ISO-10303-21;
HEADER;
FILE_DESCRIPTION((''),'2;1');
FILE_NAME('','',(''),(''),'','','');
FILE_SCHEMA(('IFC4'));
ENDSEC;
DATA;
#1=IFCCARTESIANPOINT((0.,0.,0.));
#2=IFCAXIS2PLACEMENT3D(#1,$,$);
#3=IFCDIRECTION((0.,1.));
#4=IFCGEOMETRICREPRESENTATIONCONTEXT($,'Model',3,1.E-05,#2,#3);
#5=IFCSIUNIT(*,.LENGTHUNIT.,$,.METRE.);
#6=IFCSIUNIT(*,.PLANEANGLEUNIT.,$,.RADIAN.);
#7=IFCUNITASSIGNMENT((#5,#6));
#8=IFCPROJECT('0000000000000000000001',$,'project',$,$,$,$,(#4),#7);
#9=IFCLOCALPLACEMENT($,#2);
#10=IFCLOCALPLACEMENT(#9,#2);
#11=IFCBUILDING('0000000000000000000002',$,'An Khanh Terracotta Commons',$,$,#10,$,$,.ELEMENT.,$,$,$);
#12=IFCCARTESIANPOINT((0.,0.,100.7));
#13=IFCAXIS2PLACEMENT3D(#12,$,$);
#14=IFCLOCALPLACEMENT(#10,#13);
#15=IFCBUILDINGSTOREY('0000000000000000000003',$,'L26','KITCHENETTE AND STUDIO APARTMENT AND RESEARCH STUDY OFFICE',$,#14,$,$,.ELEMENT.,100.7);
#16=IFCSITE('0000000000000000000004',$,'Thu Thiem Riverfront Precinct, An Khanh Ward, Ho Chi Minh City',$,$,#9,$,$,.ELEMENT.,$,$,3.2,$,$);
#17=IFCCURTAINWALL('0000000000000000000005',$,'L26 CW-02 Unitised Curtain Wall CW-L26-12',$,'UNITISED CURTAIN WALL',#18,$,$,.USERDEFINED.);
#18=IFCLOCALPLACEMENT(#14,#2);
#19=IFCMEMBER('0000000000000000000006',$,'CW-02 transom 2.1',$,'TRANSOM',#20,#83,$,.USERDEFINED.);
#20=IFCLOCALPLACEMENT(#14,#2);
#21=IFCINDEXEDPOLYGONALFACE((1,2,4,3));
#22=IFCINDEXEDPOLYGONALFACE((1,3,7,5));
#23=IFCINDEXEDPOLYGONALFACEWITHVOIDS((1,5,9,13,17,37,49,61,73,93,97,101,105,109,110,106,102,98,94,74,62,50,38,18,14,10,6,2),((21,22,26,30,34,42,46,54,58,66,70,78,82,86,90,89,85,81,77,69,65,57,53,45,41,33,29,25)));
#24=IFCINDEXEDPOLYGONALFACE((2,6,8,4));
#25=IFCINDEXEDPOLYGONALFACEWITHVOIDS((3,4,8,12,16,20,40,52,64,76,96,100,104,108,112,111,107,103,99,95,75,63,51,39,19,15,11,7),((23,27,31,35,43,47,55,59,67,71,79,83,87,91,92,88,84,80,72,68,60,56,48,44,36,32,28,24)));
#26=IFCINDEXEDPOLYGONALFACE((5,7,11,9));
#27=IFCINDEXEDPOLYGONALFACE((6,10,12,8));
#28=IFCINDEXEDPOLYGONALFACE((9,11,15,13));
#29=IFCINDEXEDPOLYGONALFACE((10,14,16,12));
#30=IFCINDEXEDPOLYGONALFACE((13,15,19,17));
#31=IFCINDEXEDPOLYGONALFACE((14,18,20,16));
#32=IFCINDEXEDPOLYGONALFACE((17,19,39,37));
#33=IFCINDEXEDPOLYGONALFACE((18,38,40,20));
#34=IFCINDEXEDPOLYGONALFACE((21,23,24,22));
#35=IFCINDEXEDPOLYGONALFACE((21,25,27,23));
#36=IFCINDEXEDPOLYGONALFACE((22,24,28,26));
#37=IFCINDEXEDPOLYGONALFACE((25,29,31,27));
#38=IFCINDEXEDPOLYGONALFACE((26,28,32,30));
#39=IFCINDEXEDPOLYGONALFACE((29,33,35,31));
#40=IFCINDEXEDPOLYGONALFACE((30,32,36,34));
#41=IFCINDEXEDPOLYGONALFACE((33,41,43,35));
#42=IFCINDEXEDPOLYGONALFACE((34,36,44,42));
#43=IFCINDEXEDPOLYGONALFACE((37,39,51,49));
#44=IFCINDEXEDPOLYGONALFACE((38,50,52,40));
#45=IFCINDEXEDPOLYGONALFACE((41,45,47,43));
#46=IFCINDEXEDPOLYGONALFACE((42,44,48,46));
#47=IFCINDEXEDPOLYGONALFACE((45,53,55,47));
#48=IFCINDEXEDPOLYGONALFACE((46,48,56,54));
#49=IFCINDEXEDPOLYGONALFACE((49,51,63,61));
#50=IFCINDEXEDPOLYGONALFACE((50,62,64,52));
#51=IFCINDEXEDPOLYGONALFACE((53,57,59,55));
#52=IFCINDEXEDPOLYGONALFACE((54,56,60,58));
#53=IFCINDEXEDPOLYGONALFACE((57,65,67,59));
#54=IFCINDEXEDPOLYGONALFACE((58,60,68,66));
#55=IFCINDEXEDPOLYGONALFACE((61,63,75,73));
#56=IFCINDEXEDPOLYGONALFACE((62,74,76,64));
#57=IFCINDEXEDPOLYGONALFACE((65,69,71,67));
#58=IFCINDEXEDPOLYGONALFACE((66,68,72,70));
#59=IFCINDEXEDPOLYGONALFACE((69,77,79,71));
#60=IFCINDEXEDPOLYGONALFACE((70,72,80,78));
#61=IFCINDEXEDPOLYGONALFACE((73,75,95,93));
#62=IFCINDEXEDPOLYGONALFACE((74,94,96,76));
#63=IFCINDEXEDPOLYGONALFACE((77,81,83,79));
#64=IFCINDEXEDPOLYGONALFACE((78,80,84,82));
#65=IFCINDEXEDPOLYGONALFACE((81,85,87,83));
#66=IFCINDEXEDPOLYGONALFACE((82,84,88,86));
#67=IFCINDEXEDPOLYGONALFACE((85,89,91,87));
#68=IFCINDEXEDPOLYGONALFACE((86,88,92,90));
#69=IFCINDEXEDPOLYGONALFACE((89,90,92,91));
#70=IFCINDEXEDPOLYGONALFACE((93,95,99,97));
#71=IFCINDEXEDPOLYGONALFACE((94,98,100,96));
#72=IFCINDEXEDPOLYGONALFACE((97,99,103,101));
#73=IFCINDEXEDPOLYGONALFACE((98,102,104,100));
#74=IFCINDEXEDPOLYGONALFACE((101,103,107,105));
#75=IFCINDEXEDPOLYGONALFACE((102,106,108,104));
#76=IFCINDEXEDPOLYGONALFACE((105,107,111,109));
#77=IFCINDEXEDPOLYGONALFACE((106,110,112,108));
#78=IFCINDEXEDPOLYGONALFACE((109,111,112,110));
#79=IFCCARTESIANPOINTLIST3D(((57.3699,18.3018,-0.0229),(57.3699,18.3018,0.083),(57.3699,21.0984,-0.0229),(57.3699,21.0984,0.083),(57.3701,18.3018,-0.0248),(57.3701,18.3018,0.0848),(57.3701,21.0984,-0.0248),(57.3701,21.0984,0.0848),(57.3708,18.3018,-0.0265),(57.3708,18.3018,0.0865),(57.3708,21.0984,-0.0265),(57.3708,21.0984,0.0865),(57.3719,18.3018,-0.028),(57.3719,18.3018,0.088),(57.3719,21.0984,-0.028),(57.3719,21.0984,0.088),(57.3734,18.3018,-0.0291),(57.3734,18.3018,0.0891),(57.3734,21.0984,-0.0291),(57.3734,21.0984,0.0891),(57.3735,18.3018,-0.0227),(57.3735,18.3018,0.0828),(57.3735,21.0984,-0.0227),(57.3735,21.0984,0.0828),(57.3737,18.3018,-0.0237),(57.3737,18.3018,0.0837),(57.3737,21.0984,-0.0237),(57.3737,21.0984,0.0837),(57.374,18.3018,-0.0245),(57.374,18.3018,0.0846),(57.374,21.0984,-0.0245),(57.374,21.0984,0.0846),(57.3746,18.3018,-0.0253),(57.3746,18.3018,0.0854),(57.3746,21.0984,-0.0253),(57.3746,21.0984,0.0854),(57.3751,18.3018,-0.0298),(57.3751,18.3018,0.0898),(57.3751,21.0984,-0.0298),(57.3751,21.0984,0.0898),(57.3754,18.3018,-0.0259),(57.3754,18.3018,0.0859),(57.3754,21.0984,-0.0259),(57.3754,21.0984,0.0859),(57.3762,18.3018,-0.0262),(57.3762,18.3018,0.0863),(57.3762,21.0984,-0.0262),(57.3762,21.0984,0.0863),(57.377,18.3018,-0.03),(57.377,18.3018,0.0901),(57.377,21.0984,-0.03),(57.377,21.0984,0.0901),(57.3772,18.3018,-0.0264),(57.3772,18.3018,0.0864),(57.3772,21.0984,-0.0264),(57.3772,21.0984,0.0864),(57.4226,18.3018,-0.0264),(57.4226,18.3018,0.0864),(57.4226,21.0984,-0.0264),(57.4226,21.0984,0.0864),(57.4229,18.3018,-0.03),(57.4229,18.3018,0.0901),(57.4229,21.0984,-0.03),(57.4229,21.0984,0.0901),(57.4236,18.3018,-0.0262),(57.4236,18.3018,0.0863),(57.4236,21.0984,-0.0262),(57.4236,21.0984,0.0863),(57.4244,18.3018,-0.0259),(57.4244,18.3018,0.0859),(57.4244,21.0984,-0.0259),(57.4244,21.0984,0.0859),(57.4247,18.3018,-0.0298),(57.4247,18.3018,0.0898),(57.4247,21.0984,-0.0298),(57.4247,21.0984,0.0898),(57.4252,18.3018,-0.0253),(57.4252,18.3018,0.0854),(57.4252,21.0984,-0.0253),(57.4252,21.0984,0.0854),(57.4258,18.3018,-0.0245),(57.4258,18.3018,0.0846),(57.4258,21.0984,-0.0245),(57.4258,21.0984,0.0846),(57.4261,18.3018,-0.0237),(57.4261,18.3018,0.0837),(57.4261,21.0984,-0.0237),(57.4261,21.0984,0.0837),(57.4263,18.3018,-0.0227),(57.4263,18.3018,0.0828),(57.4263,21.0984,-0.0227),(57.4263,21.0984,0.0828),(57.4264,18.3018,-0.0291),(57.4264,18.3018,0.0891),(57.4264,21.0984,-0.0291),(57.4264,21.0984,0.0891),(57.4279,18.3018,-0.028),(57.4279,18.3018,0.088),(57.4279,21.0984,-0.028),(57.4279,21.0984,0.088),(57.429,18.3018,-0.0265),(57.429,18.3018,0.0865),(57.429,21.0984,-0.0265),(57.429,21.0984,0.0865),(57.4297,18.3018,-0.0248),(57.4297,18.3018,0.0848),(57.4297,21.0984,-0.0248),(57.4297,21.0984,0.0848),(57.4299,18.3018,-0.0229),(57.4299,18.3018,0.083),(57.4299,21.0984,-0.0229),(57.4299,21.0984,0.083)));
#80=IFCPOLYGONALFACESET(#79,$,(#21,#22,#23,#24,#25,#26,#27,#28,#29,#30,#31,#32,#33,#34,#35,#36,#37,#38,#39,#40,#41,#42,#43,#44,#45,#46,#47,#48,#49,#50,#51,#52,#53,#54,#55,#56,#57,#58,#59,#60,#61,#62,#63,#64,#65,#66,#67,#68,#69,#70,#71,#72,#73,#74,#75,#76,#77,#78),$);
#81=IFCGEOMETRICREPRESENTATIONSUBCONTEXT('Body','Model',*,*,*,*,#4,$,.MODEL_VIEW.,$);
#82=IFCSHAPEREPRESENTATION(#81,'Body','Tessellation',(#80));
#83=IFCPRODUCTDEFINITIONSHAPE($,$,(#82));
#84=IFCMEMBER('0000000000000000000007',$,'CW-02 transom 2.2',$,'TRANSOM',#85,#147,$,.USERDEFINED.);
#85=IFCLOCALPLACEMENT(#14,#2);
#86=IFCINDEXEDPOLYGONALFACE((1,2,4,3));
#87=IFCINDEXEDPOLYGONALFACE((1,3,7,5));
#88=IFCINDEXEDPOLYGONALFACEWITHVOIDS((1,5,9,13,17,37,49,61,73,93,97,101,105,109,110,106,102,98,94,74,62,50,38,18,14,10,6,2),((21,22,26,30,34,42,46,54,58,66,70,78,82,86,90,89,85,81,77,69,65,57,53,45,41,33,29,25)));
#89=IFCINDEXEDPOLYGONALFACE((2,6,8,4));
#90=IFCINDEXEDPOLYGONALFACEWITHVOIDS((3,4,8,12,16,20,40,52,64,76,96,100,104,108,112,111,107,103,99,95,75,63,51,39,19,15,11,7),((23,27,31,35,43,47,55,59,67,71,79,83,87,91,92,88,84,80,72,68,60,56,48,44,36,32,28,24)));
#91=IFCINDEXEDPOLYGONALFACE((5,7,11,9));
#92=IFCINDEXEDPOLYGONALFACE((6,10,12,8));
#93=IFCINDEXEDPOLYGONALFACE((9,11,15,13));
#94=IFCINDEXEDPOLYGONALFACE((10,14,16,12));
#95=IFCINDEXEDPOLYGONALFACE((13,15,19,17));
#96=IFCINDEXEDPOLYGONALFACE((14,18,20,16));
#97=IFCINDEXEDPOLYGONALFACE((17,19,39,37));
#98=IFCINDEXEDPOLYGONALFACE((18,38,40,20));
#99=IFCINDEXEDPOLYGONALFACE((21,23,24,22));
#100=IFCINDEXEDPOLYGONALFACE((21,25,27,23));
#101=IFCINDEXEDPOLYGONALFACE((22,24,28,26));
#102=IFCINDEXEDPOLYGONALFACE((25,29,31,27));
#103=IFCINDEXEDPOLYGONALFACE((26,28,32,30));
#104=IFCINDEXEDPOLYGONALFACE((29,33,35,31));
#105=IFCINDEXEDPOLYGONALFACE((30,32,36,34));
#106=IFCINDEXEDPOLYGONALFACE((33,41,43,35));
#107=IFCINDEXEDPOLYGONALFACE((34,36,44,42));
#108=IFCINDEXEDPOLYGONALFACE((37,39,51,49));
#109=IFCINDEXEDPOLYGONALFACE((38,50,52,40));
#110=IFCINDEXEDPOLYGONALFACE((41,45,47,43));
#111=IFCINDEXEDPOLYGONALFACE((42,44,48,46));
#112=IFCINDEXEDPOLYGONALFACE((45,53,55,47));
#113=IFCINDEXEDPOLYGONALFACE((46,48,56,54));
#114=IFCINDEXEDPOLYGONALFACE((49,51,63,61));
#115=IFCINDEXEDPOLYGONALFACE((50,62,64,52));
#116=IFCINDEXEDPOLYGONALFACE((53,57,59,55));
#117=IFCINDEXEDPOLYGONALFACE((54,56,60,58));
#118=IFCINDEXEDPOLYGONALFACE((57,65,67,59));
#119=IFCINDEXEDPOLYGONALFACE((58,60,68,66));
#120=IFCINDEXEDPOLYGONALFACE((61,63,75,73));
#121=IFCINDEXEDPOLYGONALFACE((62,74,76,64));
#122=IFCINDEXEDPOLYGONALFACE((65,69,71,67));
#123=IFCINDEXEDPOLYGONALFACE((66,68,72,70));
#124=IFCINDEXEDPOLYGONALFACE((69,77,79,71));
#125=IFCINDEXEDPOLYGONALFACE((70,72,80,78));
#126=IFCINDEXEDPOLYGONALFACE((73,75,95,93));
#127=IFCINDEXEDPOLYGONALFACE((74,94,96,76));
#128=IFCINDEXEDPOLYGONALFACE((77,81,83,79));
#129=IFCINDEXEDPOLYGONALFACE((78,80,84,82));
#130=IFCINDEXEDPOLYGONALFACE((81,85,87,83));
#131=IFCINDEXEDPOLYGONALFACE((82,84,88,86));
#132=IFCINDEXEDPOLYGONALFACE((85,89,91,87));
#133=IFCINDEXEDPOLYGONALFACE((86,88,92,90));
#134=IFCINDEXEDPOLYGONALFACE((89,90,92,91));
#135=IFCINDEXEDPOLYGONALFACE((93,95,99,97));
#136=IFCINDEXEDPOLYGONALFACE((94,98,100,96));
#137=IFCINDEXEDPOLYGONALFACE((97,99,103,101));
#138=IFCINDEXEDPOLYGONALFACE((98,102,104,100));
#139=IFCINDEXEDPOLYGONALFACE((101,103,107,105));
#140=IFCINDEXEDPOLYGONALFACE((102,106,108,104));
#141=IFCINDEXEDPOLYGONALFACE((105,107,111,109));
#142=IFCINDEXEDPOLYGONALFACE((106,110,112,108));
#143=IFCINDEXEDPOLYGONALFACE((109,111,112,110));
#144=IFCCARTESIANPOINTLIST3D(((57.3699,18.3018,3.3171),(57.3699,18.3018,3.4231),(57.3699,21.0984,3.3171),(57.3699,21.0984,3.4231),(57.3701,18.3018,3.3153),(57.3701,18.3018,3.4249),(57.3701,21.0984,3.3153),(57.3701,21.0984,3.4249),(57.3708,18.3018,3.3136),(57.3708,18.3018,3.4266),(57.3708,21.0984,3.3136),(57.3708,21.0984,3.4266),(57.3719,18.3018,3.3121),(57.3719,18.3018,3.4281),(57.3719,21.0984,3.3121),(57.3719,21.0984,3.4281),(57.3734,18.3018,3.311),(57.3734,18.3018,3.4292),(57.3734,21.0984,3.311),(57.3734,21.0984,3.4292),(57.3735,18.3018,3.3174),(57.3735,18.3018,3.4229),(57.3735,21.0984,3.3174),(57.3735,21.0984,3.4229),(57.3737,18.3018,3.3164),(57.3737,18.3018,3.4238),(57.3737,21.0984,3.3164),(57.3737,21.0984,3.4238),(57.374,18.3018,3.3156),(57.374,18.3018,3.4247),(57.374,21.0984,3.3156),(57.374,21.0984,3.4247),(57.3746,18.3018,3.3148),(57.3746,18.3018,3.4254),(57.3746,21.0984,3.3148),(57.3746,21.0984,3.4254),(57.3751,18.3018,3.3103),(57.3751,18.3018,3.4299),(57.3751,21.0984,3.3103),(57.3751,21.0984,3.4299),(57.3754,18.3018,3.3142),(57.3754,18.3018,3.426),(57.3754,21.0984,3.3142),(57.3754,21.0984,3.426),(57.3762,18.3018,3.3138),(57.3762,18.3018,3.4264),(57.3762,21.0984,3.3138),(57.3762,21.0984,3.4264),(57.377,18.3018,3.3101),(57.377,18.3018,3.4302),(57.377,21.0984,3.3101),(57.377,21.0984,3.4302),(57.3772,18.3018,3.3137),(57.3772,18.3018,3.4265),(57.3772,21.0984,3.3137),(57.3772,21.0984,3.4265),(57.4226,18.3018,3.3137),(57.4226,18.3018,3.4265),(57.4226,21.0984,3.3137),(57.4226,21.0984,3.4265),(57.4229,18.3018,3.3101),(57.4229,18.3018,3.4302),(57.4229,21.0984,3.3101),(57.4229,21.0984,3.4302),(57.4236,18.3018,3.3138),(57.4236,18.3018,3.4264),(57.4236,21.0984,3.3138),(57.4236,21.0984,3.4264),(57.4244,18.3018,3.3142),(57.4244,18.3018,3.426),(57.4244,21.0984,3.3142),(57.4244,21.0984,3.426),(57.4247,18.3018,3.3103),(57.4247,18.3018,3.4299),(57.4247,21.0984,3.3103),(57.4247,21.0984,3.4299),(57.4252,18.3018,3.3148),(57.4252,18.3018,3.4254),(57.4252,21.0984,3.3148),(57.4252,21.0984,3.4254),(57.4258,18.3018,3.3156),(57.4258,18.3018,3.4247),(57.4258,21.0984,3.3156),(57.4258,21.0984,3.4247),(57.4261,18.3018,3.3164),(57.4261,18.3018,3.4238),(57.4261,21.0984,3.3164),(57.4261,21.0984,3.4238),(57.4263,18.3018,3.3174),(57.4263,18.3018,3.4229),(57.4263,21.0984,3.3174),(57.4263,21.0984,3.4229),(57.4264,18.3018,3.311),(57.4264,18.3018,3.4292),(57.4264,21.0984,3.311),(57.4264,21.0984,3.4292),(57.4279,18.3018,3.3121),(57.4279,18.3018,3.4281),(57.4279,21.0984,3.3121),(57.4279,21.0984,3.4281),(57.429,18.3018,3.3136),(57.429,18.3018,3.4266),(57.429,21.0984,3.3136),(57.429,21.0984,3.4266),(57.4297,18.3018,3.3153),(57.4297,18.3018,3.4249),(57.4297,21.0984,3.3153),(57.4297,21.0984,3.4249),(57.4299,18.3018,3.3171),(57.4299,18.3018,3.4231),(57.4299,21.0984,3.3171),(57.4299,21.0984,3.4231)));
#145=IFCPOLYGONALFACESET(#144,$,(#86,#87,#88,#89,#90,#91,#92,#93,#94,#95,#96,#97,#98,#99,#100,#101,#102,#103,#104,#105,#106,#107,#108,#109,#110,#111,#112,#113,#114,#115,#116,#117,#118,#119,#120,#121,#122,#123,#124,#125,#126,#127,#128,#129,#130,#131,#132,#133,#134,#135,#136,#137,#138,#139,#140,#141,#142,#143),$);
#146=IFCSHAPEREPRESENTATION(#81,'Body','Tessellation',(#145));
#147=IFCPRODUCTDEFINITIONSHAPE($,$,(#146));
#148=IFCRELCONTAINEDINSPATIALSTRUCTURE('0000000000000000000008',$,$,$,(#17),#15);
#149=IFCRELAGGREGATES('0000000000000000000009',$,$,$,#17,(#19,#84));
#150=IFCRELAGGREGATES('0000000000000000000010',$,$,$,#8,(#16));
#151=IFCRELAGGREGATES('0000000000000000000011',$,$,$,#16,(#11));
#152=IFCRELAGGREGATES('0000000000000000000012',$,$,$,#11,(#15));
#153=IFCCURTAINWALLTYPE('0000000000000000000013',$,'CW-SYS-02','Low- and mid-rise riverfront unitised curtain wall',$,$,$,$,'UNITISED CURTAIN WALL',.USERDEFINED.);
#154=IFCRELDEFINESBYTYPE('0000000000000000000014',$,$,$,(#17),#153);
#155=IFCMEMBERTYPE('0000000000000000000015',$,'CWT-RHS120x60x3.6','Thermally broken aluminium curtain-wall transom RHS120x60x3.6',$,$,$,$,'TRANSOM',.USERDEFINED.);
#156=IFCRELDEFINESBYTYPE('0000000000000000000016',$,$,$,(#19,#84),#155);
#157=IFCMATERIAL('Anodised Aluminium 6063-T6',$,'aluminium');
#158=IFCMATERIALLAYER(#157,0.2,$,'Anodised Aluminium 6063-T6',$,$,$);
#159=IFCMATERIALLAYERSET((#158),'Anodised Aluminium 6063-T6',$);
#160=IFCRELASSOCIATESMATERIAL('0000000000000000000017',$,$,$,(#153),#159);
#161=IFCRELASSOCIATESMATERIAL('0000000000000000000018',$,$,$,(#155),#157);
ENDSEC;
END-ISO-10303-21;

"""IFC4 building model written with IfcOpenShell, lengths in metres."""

from ifc_helpers import new_model, si_unit, direction, frame, origin, origin_2d, place, context, subcontext, project, spatial, hollow_rectangle, extrude, material, layer, layer_set, material_profile, profile_set, type_object, element, aggregate, save


model = new_model("IFC4")

# Units and contexts
model_context = context("Model", 3, precision=1e-05, world=origin(), true_north=direction((0.0, 1.0)))
body_context = subcontext(model_context, "Body", "Model", "MODEL_VIEW")
ifc_project = project(units=[si_unit("LENGTHUNIT", "METRE"), si_unit("PLANEANGLEUNIT", "RADIAN")], contexts=[model_context])

# Site, building, storey
site_placement = place(None, origin())
site = spatial("IfcSite", under=ifc_project, at=site_placement, Name="Thu Thiem Riverfront Precinct, An Khanh Ward, Ho Chi Minh City", CompositionType="ELEMENT", RefElevation=3.2)
building_placement = place(site_placement, origin())
building = spatial("IfcBuilding", under=site, at=building_placement, Name="An Khanh Terracotta Commons", CompositionType="ELEMENT")
storey_placement = place(building_placement, frame((0.0, 0.0, 100.7)))
storey = spatial("IfcBuildingStorey", under=building, at=storey_placement, Name="L26", Description="KITCHENETTE AND STUDIO APARTMENT AND RESEARCH STUDY OFFICE", CompositionType="ELEMENT", Elevation=100.7)

# Curtain wall
ifc_material_1 = material(Name="Anodised Aluminium 6063-T6", Category="aluminium")
ifc_layer_1 = layer(ifc_material_1, 0.2, Name="Anodised Aluminium 6063-T6")
ifc_layer_set_1 = layer_set([ifc_layer_1], Name="Anodised Aluminium 6063-T6")
curtain_wall_type = type_object("IfcCurtainWallType", Name="CW-SYS-02", Description="Low- and mid-rise riverfront unitised curtain wall", ElementType="UNITISED CURTAIN WALL", PredefinedType="USERDEFINED", material=ifc_layer_set_1)
curtain_wall_1_placement = place(storey_placement, origin())
curtain_wall_1 = element("IfcCurtainWall", 1, at=curtain_wall_1_placement, inside=storey, type_object=curtain_wall_type, Name="L26 CW-02 Unitised Curtain Wall CW-L26-12", ObjectType="UNITISED CURTAIN WALL", PredefinedType="USERDEFINED")

# Members
ifc_material_profile_1 = material_profile(ifc_material_1, hollow_rectangle(XDim=0.0601, YDim=0.1201, WallThickness=0.0037, InnerFilletRadius=0.0037, OuterFilletRadius=0.0071, at=origin_2d()), Name="RHS120x60x3.6")
ifc_profile_set_1 = profile_set([ifc_material_profile_1], Name="Anodised Aluminium 6063-T6")
member_type_1 = type_object("IfcMemberType", Name="CWT-RHS120x60x3.6", Description="Thermally broken aluminium curtain-wall transom RHS120x60x3.6", ElementType="TRANSOM", PredefinedType="USERDEFINED", material=ifc_profile_set_1)
member_1_placement = place(storey_placement, frame((57.3999, 18.3018, 0.03), z_axis=(0.0, 1.0, 0.0), x_axis=(-1.0, 0.0, 0.0)))
member_1 = element("IfcMember", 2, at=member_1_placement, type_object=member_type_1, Name="CW-02 transom 2.1", ObjectType="TRANSOM", PredefinedType="USERDEFINED", context=body_context, shape_type="SweptSolid", body=[
    extrude(hollow_rectangle(XDim=0.0601, YDim=0.1201, WallThickness=0.0037, InnerFilletRadius=0.0037, OuterFilletRadius=0.0071, at=origin_2d()), origin(), (0.0, 0.0, 1.0), 2.7966),
])
member_2_placement = place(storey_placement, frame((57.3999, 18.3018, 3.3701), z_axis=(0.0, 1.0, 0.0), x_axis=(-1.0, 0.0, 0.0)))
member_2 = element("IfcMember", 3, at=member_2_placement, type_object=member_type_1, Name="CW-02 transom 2.2", ObjectType="TRANSOM", PredefinedType="USERDEFINED", context=body_context, shape_type="SweptSolid", body=[
    extrude(hollow_rectangle(XDim=0.0601, YDim=0.1201, WallThickness=0.0037, InnerFilletRadius=0.0037, OuterFilletRadius=0.0071, at=origin_2d()), origin(), (0.0, 0.0, 1.0), 2.7966),
])

aggregate(curtain_wall_1, [member_1, member_2])

save(model, "model.ifc")
